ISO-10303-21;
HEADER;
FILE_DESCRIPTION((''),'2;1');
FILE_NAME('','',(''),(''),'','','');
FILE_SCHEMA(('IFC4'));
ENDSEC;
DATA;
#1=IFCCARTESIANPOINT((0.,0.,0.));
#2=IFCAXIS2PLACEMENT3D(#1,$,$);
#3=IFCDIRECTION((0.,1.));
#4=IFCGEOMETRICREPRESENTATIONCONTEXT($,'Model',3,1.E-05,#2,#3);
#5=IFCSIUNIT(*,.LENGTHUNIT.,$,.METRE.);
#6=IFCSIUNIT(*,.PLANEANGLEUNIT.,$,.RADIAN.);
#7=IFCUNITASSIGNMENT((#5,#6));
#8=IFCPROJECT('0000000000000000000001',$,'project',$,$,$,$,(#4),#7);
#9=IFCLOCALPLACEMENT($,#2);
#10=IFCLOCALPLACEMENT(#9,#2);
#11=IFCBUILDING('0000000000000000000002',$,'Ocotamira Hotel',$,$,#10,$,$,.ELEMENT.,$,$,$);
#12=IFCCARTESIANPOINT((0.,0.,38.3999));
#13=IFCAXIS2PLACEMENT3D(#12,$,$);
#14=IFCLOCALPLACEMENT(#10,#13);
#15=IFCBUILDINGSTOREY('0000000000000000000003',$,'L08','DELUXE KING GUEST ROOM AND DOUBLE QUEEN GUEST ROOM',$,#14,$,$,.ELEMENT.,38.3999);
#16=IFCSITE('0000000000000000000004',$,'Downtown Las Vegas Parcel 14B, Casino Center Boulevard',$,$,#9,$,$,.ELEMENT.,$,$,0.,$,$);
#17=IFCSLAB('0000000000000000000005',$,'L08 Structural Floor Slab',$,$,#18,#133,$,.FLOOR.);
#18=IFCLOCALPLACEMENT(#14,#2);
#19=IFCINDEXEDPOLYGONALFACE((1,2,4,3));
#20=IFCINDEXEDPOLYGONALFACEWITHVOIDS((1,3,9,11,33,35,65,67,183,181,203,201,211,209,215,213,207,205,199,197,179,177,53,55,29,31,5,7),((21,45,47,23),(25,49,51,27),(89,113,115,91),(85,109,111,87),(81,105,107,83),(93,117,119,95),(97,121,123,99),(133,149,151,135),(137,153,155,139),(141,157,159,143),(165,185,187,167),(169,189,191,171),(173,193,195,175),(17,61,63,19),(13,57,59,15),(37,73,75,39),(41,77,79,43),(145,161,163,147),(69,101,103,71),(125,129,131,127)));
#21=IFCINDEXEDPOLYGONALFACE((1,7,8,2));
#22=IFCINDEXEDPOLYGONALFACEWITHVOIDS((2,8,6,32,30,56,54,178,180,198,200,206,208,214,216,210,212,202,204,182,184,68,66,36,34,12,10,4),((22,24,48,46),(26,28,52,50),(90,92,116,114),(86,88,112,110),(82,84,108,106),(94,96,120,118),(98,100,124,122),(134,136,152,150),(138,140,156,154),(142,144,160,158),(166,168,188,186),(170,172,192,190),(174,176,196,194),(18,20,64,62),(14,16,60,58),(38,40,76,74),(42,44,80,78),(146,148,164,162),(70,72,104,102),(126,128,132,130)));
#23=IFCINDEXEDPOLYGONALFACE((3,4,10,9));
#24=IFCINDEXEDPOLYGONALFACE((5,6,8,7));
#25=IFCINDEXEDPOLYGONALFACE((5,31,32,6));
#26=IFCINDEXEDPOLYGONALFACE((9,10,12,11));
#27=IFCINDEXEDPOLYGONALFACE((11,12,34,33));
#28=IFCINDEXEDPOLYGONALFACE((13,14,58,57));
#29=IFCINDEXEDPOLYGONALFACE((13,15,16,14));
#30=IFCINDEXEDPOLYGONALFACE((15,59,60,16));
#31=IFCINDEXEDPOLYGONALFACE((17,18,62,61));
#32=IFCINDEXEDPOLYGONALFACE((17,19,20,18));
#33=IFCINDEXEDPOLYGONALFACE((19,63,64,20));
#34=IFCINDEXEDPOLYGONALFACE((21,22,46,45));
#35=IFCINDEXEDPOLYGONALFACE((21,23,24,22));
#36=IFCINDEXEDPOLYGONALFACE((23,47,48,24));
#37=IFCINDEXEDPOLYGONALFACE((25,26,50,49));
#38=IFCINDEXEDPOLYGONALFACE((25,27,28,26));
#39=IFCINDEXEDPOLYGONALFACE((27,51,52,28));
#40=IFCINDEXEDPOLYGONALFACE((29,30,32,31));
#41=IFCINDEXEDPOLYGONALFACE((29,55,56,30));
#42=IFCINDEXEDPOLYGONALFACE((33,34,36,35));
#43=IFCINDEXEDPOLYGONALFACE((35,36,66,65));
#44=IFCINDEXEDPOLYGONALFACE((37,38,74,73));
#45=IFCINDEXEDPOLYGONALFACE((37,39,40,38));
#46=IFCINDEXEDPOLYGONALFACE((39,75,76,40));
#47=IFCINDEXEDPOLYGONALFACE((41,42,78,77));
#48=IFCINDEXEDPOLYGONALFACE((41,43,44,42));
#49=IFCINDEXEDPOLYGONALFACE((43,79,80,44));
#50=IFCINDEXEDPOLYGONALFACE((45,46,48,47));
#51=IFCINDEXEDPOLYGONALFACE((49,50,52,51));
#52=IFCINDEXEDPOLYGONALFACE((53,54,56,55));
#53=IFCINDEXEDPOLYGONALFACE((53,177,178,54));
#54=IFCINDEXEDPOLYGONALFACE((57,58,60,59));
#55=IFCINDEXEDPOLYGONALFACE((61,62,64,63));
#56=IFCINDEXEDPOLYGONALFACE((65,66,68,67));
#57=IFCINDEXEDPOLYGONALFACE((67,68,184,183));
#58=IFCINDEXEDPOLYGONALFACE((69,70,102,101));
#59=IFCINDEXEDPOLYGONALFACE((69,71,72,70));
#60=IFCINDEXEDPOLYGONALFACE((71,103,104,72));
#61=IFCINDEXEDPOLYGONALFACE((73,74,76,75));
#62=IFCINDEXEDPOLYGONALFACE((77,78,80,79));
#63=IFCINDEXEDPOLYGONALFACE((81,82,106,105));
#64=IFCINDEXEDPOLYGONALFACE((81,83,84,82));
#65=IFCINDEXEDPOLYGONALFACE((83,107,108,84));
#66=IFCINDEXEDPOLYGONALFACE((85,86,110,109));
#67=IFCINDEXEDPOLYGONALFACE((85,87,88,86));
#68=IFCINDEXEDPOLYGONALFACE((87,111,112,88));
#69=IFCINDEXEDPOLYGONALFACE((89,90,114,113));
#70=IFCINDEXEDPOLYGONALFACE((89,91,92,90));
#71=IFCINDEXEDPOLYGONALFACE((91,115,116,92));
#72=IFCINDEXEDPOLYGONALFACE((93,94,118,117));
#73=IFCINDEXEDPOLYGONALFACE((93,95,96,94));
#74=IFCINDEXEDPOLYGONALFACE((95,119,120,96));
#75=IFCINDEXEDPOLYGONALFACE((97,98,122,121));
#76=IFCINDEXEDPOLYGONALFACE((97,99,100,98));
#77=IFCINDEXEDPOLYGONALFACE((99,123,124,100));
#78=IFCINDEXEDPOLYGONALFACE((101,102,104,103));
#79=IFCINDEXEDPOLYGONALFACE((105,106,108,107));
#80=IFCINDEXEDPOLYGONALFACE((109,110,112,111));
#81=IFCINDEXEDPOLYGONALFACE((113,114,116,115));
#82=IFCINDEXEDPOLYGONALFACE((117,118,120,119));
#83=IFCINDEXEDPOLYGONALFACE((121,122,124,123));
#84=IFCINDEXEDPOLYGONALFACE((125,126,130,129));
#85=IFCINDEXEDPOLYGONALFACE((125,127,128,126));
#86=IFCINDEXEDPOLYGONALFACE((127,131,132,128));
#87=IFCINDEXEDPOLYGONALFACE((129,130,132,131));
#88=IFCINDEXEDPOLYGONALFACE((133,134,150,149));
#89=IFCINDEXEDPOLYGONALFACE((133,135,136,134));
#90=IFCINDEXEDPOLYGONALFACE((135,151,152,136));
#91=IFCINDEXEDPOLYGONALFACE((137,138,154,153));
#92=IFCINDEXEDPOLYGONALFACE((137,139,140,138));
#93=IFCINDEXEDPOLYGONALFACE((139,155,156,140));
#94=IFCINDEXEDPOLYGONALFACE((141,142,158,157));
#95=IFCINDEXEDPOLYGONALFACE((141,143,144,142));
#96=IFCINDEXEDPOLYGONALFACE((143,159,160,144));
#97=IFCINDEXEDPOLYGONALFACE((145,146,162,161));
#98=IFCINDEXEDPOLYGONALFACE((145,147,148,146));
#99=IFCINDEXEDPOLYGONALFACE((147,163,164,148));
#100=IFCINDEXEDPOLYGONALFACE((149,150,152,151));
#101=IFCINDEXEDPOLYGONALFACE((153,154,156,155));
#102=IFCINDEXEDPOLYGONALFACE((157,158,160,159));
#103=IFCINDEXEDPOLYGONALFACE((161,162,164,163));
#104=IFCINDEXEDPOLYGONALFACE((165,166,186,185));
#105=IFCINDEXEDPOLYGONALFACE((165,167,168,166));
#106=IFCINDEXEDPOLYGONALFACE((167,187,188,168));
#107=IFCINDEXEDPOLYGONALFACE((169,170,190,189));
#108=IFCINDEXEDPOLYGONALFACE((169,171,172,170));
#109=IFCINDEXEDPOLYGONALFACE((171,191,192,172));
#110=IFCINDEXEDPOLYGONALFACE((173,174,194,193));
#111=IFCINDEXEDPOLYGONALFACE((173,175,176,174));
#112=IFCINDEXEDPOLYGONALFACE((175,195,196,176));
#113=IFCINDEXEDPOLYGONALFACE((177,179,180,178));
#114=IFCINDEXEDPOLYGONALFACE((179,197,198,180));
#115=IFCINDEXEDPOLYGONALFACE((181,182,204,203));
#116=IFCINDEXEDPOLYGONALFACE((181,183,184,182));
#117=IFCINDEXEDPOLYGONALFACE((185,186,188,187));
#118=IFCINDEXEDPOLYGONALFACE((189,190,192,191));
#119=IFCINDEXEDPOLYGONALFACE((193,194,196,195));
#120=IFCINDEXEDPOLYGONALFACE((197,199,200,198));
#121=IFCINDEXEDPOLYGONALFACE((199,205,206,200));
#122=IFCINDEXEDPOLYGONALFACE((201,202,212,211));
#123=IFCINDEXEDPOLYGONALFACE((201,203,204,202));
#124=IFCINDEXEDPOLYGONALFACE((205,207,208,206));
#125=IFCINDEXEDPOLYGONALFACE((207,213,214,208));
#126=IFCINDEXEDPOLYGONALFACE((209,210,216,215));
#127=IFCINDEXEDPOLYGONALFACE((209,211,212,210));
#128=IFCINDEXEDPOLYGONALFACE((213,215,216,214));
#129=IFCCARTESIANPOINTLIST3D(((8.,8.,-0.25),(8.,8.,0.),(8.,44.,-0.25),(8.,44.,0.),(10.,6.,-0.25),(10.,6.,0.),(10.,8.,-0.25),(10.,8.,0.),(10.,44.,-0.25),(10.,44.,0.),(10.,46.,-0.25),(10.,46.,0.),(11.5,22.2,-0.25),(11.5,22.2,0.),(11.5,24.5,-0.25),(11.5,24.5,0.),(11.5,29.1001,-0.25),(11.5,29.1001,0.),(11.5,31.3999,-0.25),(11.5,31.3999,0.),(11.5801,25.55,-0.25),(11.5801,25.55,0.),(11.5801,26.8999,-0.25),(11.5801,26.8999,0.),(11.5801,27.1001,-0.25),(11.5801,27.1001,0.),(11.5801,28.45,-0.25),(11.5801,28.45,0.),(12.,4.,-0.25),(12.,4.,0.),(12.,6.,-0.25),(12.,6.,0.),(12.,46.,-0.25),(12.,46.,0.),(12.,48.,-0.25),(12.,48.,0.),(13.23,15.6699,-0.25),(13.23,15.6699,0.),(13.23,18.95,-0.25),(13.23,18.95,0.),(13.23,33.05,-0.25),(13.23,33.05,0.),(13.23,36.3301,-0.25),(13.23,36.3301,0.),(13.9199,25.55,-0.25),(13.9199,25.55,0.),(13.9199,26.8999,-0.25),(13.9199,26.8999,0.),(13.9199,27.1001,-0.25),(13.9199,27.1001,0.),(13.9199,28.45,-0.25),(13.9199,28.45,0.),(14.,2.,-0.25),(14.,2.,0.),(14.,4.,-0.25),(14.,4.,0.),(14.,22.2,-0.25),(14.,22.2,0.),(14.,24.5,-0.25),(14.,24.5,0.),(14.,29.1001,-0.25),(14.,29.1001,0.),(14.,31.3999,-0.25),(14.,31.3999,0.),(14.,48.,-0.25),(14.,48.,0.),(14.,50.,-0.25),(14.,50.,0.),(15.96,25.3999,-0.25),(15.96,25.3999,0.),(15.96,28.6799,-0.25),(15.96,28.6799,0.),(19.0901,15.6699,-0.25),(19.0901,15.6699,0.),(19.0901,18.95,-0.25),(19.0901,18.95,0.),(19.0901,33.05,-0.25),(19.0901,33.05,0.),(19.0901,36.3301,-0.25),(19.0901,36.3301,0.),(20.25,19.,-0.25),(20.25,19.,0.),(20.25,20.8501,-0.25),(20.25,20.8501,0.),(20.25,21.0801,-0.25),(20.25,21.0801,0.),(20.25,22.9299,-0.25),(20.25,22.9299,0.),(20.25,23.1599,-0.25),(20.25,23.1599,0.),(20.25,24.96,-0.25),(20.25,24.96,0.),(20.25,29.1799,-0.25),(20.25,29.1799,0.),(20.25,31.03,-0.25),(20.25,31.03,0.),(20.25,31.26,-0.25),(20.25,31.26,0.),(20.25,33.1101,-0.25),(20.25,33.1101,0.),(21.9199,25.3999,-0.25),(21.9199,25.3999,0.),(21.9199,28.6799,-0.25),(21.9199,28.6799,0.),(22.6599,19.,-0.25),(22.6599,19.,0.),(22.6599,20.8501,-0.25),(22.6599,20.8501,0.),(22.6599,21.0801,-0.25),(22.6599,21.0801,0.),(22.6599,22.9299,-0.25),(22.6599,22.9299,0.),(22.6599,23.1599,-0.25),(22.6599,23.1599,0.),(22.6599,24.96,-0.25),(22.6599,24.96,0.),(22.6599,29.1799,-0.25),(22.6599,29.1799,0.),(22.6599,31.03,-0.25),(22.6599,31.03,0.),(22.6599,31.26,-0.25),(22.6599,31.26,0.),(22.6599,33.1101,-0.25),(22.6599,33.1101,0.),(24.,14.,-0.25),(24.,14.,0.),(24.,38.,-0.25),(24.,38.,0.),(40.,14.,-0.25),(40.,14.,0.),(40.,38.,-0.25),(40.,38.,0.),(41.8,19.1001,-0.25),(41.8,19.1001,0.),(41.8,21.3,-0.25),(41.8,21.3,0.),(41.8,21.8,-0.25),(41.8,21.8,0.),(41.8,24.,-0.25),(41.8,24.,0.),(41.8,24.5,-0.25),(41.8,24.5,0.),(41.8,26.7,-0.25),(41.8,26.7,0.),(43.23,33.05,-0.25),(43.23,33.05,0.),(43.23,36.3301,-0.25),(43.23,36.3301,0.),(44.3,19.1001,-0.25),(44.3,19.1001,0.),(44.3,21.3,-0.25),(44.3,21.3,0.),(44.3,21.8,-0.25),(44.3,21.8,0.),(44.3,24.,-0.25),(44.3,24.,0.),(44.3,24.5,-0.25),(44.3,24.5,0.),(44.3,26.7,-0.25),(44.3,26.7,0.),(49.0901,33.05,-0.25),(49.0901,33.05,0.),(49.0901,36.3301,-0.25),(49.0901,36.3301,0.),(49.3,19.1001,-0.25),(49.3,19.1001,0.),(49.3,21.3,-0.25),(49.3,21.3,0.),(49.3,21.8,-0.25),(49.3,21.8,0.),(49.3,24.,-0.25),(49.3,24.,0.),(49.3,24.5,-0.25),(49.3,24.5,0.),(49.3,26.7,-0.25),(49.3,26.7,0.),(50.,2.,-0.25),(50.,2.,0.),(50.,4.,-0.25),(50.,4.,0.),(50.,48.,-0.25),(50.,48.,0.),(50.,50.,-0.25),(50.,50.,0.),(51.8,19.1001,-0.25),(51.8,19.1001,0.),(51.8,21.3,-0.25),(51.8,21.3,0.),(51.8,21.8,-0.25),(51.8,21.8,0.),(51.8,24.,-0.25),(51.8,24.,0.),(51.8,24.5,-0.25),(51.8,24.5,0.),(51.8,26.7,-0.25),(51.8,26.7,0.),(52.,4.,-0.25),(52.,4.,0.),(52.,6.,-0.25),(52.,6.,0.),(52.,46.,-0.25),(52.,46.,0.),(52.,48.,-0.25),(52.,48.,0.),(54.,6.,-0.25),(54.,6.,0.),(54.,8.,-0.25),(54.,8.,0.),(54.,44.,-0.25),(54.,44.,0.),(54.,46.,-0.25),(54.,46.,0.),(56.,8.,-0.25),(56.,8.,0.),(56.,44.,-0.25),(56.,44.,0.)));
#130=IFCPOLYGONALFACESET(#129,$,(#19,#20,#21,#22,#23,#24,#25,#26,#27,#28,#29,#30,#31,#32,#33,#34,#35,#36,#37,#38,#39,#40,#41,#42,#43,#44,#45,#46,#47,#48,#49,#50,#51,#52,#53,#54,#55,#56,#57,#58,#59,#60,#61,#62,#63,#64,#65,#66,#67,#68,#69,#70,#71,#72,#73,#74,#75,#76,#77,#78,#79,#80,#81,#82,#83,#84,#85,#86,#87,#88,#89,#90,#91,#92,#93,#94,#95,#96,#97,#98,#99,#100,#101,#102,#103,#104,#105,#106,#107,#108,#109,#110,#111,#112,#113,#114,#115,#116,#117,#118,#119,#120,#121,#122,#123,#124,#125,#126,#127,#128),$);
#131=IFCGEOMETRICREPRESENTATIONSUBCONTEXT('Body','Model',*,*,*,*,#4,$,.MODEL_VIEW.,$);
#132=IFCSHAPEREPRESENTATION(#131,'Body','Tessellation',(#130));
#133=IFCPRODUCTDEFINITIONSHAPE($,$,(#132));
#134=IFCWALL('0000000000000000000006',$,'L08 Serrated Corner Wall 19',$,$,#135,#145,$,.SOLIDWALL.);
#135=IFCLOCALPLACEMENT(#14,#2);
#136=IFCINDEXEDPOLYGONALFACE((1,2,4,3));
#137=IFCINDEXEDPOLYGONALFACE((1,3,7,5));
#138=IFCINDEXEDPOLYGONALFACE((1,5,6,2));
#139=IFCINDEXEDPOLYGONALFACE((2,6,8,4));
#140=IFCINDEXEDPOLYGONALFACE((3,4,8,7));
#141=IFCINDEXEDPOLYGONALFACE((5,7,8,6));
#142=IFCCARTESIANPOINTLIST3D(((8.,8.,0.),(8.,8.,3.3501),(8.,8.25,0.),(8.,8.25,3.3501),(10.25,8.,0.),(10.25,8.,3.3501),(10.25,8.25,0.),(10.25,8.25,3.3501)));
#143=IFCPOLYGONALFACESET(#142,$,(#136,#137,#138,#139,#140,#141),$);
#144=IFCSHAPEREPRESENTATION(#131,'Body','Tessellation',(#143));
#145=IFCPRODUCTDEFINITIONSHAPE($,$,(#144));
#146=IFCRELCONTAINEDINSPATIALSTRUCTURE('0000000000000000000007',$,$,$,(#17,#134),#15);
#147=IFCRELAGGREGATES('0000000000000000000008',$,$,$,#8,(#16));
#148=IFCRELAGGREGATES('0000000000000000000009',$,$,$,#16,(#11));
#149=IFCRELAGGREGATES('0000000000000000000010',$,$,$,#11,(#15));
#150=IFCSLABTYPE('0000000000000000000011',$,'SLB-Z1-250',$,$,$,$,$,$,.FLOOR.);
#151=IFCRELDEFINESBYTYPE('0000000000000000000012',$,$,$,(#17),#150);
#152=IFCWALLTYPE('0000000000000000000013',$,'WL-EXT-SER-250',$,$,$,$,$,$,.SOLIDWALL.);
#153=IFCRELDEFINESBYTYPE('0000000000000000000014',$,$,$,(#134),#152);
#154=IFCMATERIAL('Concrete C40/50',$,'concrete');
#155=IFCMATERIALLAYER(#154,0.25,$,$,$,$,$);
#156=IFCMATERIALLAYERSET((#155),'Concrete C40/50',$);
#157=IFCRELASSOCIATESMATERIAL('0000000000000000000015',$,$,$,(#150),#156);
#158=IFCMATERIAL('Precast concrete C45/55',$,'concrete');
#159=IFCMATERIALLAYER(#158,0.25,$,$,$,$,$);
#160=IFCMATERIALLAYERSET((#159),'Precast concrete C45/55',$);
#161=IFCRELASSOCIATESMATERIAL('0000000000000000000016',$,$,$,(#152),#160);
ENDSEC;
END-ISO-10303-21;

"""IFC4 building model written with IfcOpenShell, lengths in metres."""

from ifc_helpers import new_model, si_unit, direction, frame, frame_2d, origin, place, context, subcontext, project, spatial, polyline, rectangle, outline, extrude, material, layer, layer_set, type_object, element, save


model = new_model("IFC4")

# Units and contexts
model_context = context("Model", 3, precision=1e-05, world=origin(), true_north=direction((0.0, 1.0)))
body_context = subcontext(model_context, "Body", "Model", "MODEL_VIEW")
ifc_project = project(units=[si_unit("LENGTHUNIT", "METRE"), si_unit("PLANEANGLEUNIT", "RADIAN")], contexts=[model_context])

# Site, building, storey
site_placement = place(None, origin())
site = spatial("IfcSite", under=ifc_project, at=site_placement, Name="Downtown Las Vegas Parcel 14B, Casino Center Boulevard", CompositionType="ELEMENT", RefElevation=0.0)
building_placement = place(site_placement, origin())
building = spatial("IfcBuilding", under=site, at=building_placement, Name="Ocotamira Hotel", CompositionType="ELEMENT")
storey_placement = place(building_placement, frame((0.0, 0.0, 38.3999)))
storey = spatial("IfcBuildingStorey", under=building, at=storey_placement, Name="L08", Description="DELUXE KING GUEST ROOM AND DOUBLE QUEEN GUEST ROOM", CompositionType="ELEMENT", Elevation=38.3999)

# Shared definitions
ifc_material_1 = material(Name="Concrete C40/50", Category="concrete")

# Slab
ifc_layer_1 = layer(ifc_material_1, 0.25)
ifc_layer_set_1 = layer_set([ifc_layer_1], Name="Concrete C40/50")
slab_type_1 = type_object("IfcSlabType", Name="SLB-Z1-250", PredefinedType="FLOOR", material=ifc_layer_set_1)
slab_1_placement = place(storey_placement, frame((0.0, 0.0, -0.25)))
element("IfcSlab", 1, at=slab_1_placement, inside=storey, type_object=slab_type_1, Name="L08 Structural Floor Slab", PredefinedType="FLOOR", context=body_context, shape_type="SweptSolid", body=[
    extrude(outline(polyline([(14.0, 2.0), (50.0, 2.0), (50.0, 4.0), (52.0, 4.0), (52.0, 6.0), (54.0, 6.0), (54.0, 8.0), (56.0, 8.0), (56.0, 44.0), (54.0, 44.0), (54.0, 46.0), (52.0, 46.0), (52.0, 48.0), (50.0, 48.0), (50.0, 50.0), (14.0, 50.0), (14.0, 48.0), (12.0, 48.0), (12.0, 46.0), (10.0, 46.0), (10.0, 44.0), (8.0, 44.0), (8.0, 8.0), (10.0, 8.0), (10.0, 6.0), (12.0, 6.0), (12.0, 4.0), (14.0, 4.0), (14.0, 2.0)]), holes=[polyline([(24.0, 14.0), (40.0, 14.0), (40.0, 38.0), (24.0, 38.0), (24.0, 14.0)]), polyline([(13.23, 15.6699), (19.0901, 15.6699), (19.0901, 18.95), (13.23, 18.95), (13.23, 15.6699)]), polyline([(13.23, 33.05), (19.0901, 33.05), (19.0901, 36.3301), (13.23, 36.3301), (13.23, 33.05)]), polyline([(15.96, 25.3999), (21.9199, 25.3999), (21.9199, 28.6799), (15.96, 28.6799), (15.96, 25.3999)]), polyline([(43.23, 33.05), (49.0901, 33.05), (49.0901, 36.3301), (43.23, 36.3301), (43.23, 33.05)]), polyline([(49.3, 19.1001), (51.8, 19.1001), (51.8, 21.3), (49.3, 21.3), (49.3, 19.1001)]), polyline([(49.3, 21.8), (51.8, 21.8), (51.8, 24.0), (49.3, 24.0), (49.3, 21.8)]), polyline([(49.3, 24.5), (51.8, 24.5), (51.8, 26.7), (49.3, 26.7), (49.3, 24.5)]), polyline([(41.8, 19.1001), (44.3, 19.1001), (44.3, 21.3), (41.8, 21.3), (41.8, 19.1001)]), polyline([(41.8, 21.8), (44.3, 21.8), (44.3, 24.0), (41.8, 24.0), (41.8, 21.8)]), polyline([(41.8, 24.5), (44.3, 24.5), (44.3, 26.7), (41.8, 26.7), (41.8, 24.5)]), polyline([(20.25, 19.0), (22.6599, 19.0), (22.6599, 20.8501), (20.25, 20.8501), (20.25, 19.0)]), polyline([(20.25, 21.0801), (22.6599, 21.0801), (22.6599, 22.9299), (20.25, 22.9299), (20.25, 21.0801)]), polyline([(20.25, 23.1599), (22.6599, 23.1599), (22.6599, 24.96), (20.25, 24.96), (20.25, 23.1599)]), polyline([(20.25, 29.1799), (22.6599, 29.1799), (22.6599, 31.03), (20.25, 31.03), (20.25, 29.1799)]), polyline([(20.25, 31.26), (22.6599, 31.26), (22.6599, 33.1101), (20.25, 33.1101), (20.25, 31.26)]), polyline([(11.5, 22.2), (14.0, 22.2), (14.0, 24.5), (11.5, 24.5), (11.5, 22.2)]), polyline([(11.5, 29.1001), (14.0, 29.1001), (14.0, 31.3999), (11.5, 31.3999), (11.5, 29.1001)]), polyline([(11.5801, 25.55), (13.9199, 25.55), (13.9199, 26.8999), (11.5801, 26.8999), (11.5801, 25.55)]), polyline([(11.5801, 27.1001), (13.9199, 27.1001), (13.9199, 28.45), (11.5801, 28.45), (11.5801, 27.1001)])]), origin(), (0.0, 0.0, 1.0), 0.25),
])

# Wall
ifc_material_2 = material(Name="Precast concrete C45/55", Category="concrete")
ifc_layer_2 = layer(ifc_material_2, 0.25)
ifc_layer_set_2 = layer_set([ifc_layer_2], Name="Precast concrete C45/55")
wall_type_1 = type_object("IfcWallType", Name="WL-EXT-SER-250", PredefinedType="SOLIDWALL", material=ifc_layer_set_2)
wall_1_placement = place(storey_placement, frame((8.0, 8.125, 0.0), z_axis=(0.0, 0.0, 1.0), x_axis=(1.0, 0.0, 0.0)))
element("IfcWall", 2, at=wall_1_placement, inside=storey, type_object=wall_type_1, Name="L08 Serrated Corner Wall 19", PredefinedType="SOLIDWALL", context=body_context, shape_type="SweptSolid", body=[
    extrude(rectangle(XDim=2.25, YDim=0.25, at=frame_2d((1.125, 0.0))), origin(), (0.0, 0.0, 1.0), 3.3501),
])

save(model, "model.ifc")
